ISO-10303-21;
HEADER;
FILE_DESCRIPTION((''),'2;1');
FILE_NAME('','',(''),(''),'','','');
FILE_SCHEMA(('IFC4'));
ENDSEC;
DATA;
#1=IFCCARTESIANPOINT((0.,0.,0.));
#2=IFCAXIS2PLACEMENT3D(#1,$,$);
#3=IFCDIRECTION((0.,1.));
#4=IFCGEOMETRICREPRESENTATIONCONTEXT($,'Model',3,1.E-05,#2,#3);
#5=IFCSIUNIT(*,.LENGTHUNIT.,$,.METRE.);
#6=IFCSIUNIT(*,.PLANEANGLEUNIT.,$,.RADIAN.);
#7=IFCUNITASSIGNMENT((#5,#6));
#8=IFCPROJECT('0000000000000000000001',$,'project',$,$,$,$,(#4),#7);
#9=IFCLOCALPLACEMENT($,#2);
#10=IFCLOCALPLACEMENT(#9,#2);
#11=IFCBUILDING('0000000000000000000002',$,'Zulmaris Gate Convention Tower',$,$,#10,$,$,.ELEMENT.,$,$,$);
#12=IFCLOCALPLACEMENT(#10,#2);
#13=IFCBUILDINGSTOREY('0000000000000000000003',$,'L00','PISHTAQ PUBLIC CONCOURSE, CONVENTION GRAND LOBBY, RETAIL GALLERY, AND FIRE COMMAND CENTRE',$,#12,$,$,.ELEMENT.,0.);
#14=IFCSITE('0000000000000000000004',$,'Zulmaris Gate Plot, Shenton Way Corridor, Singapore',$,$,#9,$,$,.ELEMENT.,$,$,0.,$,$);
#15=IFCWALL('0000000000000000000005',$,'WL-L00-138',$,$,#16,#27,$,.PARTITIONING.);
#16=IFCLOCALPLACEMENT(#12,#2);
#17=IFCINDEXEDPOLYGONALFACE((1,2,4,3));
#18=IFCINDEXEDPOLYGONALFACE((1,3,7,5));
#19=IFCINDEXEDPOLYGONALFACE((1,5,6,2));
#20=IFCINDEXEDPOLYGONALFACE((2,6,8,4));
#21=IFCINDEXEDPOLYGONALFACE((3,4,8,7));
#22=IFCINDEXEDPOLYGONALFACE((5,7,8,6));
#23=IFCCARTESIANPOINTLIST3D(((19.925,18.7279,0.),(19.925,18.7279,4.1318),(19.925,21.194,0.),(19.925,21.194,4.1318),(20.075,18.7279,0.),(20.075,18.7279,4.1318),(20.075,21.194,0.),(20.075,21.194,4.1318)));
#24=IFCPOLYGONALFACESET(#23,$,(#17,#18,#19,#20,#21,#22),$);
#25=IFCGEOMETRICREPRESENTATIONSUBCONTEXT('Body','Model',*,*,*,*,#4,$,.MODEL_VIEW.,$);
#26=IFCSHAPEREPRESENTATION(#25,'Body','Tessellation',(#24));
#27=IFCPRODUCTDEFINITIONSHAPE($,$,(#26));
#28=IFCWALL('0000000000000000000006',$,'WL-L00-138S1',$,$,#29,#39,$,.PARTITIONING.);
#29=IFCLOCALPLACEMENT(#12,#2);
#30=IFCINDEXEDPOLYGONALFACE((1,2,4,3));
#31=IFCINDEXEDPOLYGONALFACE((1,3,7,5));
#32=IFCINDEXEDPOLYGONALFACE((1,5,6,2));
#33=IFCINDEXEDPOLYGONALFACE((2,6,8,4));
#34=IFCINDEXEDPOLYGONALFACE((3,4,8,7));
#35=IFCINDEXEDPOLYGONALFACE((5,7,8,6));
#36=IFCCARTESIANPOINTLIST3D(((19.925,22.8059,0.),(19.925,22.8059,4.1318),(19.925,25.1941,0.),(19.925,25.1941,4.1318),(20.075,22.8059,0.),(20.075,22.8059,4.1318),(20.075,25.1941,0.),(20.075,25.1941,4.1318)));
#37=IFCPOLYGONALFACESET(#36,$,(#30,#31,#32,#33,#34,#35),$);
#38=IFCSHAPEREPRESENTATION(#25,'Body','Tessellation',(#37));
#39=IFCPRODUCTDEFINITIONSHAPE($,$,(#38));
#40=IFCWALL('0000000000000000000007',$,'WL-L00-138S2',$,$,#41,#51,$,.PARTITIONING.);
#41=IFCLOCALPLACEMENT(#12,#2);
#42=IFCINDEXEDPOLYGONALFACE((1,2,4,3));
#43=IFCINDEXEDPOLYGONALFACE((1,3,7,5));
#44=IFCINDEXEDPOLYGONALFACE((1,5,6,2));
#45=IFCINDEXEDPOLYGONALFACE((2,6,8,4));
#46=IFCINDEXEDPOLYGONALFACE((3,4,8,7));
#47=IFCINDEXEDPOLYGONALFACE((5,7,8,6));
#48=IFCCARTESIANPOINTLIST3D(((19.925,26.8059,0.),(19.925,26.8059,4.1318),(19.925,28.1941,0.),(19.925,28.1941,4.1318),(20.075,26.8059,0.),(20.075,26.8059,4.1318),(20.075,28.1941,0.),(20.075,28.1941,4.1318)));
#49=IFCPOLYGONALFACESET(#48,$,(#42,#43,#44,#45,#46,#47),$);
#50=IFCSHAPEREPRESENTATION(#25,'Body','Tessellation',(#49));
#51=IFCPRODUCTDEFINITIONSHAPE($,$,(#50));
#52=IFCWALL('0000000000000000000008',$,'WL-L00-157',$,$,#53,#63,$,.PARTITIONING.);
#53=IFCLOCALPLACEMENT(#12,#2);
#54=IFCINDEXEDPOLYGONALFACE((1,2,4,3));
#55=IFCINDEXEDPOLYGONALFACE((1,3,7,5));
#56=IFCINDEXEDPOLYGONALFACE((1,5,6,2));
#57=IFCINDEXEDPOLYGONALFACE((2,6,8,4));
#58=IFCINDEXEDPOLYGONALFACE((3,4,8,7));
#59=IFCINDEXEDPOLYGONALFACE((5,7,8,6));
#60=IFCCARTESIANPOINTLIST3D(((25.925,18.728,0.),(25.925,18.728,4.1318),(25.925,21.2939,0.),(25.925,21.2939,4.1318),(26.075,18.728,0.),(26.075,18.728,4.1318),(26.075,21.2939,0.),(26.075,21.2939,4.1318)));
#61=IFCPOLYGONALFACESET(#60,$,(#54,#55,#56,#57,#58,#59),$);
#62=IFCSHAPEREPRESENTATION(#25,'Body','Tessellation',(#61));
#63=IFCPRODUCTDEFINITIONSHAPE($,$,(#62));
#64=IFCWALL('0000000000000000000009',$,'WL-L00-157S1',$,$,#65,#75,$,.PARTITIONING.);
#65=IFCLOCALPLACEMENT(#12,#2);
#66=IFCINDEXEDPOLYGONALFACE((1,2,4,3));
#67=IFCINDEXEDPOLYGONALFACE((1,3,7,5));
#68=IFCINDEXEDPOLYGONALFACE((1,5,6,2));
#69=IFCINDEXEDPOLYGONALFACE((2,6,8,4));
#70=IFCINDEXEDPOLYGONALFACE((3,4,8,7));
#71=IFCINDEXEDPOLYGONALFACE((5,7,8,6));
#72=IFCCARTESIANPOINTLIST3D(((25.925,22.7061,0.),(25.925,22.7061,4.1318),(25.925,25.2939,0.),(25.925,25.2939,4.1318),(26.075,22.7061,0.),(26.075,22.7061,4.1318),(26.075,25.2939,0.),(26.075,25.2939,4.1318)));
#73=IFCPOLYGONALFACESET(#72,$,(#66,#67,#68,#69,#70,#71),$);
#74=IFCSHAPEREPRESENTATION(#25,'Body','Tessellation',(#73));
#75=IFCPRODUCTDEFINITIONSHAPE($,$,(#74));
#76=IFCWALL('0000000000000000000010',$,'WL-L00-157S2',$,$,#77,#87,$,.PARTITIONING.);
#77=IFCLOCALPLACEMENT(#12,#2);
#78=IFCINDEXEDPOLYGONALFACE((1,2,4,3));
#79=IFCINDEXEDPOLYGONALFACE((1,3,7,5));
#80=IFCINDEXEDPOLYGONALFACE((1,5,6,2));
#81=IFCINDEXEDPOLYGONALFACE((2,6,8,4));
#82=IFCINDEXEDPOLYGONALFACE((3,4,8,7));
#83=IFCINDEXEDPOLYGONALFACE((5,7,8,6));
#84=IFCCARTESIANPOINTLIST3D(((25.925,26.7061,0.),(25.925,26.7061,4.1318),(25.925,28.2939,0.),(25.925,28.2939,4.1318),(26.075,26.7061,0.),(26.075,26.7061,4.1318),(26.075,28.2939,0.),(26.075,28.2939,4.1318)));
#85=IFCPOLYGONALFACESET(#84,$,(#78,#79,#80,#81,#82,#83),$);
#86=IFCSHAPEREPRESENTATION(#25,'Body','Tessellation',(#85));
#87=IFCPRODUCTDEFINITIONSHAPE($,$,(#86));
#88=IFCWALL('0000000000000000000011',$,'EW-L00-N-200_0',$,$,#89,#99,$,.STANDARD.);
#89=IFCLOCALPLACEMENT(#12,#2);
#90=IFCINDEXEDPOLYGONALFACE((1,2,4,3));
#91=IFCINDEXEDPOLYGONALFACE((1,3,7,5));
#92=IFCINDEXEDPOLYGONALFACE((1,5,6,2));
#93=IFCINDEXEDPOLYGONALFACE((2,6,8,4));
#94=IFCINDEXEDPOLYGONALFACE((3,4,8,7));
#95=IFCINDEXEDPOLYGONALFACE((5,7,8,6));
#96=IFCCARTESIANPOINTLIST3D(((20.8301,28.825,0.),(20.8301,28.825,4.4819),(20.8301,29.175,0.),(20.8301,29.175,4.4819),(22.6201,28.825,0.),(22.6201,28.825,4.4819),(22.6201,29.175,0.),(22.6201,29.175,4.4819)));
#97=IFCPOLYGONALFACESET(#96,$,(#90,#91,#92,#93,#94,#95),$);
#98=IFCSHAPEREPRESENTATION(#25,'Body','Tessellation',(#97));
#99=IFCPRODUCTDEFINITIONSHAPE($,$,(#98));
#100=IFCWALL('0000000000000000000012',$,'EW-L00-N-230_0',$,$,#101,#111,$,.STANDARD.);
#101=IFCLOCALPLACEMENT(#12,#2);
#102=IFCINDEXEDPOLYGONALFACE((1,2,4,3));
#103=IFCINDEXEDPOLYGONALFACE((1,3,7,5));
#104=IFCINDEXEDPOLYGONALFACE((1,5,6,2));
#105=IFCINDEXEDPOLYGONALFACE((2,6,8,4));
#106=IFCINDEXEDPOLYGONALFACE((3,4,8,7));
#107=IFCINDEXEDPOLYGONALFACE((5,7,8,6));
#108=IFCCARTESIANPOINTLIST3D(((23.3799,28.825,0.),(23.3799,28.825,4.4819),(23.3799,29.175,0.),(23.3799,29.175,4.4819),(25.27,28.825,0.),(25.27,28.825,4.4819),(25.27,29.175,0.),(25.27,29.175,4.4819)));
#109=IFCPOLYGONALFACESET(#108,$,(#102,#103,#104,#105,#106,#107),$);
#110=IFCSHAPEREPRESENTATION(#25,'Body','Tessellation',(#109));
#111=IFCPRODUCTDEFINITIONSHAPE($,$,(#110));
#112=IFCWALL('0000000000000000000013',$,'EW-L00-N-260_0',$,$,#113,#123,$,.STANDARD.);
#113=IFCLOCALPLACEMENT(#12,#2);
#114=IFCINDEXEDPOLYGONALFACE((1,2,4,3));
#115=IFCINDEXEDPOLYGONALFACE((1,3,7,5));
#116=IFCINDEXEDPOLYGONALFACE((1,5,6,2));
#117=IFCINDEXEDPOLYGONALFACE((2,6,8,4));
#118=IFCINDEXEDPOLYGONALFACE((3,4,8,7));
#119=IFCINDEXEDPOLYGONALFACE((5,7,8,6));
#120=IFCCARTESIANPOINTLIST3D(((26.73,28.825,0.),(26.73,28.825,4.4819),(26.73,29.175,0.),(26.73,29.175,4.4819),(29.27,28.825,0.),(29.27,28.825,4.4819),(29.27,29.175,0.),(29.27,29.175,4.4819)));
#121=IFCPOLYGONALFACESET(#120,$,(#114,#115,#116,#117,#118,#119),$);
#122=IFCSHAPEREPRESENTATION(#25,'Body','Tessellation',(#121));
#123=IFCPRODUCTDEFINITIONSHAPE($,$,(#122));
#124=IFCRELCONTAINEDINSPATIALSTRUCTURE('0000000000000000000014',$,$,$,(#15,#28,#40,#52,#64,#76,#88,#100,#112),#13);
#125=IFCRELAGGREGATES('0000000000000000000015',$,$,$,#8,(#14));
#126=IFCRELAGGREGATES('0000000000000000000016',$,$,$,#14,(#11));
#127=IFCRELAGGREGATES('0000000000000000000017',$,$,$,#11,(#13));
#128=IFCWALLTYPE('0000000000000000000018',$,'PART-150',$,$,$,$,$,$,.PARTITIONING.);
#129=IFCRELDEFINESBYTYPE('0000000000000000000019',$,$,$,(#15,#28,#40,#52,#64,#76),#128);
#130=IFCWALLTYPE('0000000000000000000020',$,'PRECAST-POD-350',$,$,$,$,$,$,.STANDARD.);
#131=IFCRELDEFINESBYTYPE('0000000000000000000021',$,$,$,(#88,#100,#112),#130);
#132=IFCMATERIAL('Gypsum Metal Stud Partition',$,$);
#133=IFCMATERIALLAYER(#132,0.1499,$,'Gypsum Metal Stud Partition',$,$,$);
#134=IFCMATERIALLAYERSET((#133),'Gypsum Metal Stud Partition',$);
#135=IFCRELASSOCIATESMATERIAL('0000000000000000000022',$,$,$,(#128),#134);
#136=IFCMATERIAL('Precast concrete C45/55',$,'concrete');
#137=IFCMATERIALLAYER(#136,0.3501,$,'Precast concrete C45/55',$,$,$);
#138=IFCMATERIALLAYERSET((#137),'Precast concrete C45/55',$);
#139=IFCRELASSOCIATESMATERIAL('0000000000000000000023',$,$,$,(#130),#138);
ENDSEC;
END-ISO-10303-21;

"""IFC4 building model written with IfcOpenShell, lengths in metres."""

from ifc_helpers import new_model, si_unit, direction, frame, frame_2d, origin, place, context, subcontext, project, spatial, rectangle, extrude, material, layer, layer_set, type_object, element, save


model = new_model("IFC4")

# Units and contexts
model_context = context("Model", 3, precision=1e-05, world=origin(), true_north=direction((0.0, 1.0)))
body_context = subcontext(model_context, "Body", "Model", "MODEL_VIEW")
ifc_project = project(units=[si_unit("LENGTHUNIT", "METRE"), si_unit("PLANEANGLEUNIT", "RADIAN")], contexts=[model_context])

# Site, building, storey
site_placement = place(None, origin())
site = spatial("IfcSite", under=ifc_project, at=site_placement, Name="Zulmaris Gate Plot, Shenton Way Corridor, Singapore", CompositionType="ELEMENT", RefElevation=0.0)
building_placement = place(site_placement, origin())
building = spatial("IfcBuilding", under=site, at=building_placement, Name="Zulmaris Gate Convention Tower", CompositionType="ELEMENT")
storey_placement = place(building_placement, origin())
storey = spatial("IfcBuildingStorey", under=building, at=storey_placement, Name="L00", Description="PISHTAQ PUBLIC CONCOURSE, CONVENTION GRAND LOBBY, RETAIL GALLERY, AND FIRE COMMAND CENTRE", CompositionType="ELEMENT", Elevation=0.0)

# Walls
ifc_material_1 = material(Name="Gypsum Metal Stud Partition")
ifc_layer_1 = layer(ifc_material_1, 0.1499, Name="Gypsum Metal Stud Partition")
ifc_layer_set_1 = layer_set([ifc_layer_1], Name="Gypsum Metal Stud Partition")
wall_type_1 = type_object("IfcWallType", Name="PART-150", PredefinedType="PARTITIONING", material=ifc_layer_set_1)
wall_1_placement = place(storey_placement, frame((20.0, 18.728, 0.0), z_axis=(0.0, 0.0, 1.0), x_axis=(0.0, 1.0, 0.0)))
element("IfcWall", 1, at=wall_1_placement, inside=storey, type_object=wall_type_1, Name="WL-L00-138", PredefinedType="PARTITIONING", context=body_context, shape_type="SweptSolid", body=[
    extrude(rectangle(XDim=2.4661, YDim=0.1499, at=frame_2d((1.2329, 0.0))), origin(), (0.0, 0.0, 1.0), 4.1318),
])
wall_2_placement = place(storey_placement, frame((20.0, 22.8059, 0.0), z_axis=(0.0, 0.0, 1.0), x_axis=(0.0, 1.0, 0.0)))
element("IfcWall", 2, at=wall_2_placement, inside=storey, type_object=wall_type_1, Name="WL-L00-138S1", PredefinedType="PARTITIONING", context=body_context, shape_type="SweptSolid", body=[
    extrude(rectangle(XDim=2.3882, YDim=0.1499, at=frame_2d((1.1941, 0.0))), origin(), (0.0, 0.0, 1.0), 4.1318),
])
wall_3_placement = place(storey_placement, frame((20.0, 26.8059, 0.0), z_axis=(0.0, 0.0, 1.0), x_axis=(0.0, 1.0, 0.0)))
element("IfcWall", 3, at=wall_3_placement, inside=storey, type_object=wall_type_1, Name="WL-L00-138S2", PredefinedType="PARTITIONING", context=body_context, shape_type="SweptSolid", body=[
    extrude(rectangle(XDim=1.3882, YDim=0.1499, at=frame_2d((0.6941, 0.0))), origin(), (0.0, 0.0, 1.0), 4.1318),
])
wall_4_placement = place(storey_placement, frame((26.0, 18.728, 0.0), z_axis=(0.0, 0.0, 1.0), x_axis=(0.0, 1.0, 0.0)))
element("IfcWall", 4, at=wall_4_placement, inside=storey, type_object=wall_type_1, Name="WL-L00-157", PredefinedType="PARTITIONING", context=body_context, shape_type="SweptSolid", body=[
    extrude(rectangle(XDim=2.5659, YDim=0.1499, at=frame_2d((1.283, 0.0))), origin(), (0.0, 0.0, 1.0), 4.1318),
])
wall_5_placement = place(storey_placement, frame((26.0, 22.7061, 0.0), z_axis=(0.0, 0.0, 1.0), x_axis=(0.0, 1.0, 0.0)))
element("IfcWall", 5, at=wall_5_placement, inside=storey, type_object=wall_type_1, Name="WL-L00-157S1", PredefinedType="PARTITIONING", context=body_context, shape_type="SweptSolid", body=[
    extrude(rectangle(XDim=2.5879, YDim=0.1499, at=frame_2d((1.2939, 0.0))), origin(), (0.0, 0.0, 1.0), 4.1318),
])
wall_6_placement = place(storey_placement, frame((26.0, 26.7061, 0.0), z_axis=(0.0, 0.0, 1.0), x_axis=(0.0, 1.0, 0.0)))
element("IfcWall", 6, at=wall_6_placement, inside=storey, type_object=wall_type_1, Name="WL-L00-157S2", PredefinedType="PARTITIONING", context=body_context, shape_type="SweptSolid", body=[
    extrude(rectangle(XDim=1.5879, YDim=0.1499, at=frame_2d((0.7939, 0.0))), origin(), (0.0, 0.0, 1.0), 4.1318),
])
ifc_material_2 = material(Name="Precast concrete C45/55", Category="concrete")
ifc_layer_2 = layer(ifc_material_2, 0.3501, Name="Precast concrete C45/55")
ifc_layer_set_2 = layer_set([ifc_layer_2], Name="Precast concrete C45/55")
wall_type_2 = type_object("IfcWallType", Name="PRECAST-POD-350", PredefinedType="STANDARD", material=ifc_layer_set_2)
wall_7_placement = place(storey_placement, frame((22.6201, 29.0, 0.0), z_axis=(0.0, 0.0, 1.0), x_axis=(-1.0, 0.0, 0.0)))
element("IfcWall", 7, at=wall_7_placement, inside=storey, type_object=wall_type_2, Name="EW-L00-N-200_0", PredefinedType="STANDARD", context=body_context, shape_type="SweptSolid", body=[
    extrude(rectangle(XDim=1.79, YDim=0.3501, at=frame_2d((0.895, 0.0))), origin(), (0.0, 0.0, 1.0), 4.4819),
])
wall_8_placement = place(storey_placement, frame((25.27, 29.0, 0.0), z_axis=(0.0, 0.0, 1.0), x_axis=(-1.0, 0.0, 0.0)))
element("IfcWall", 8, at=wall_8_placement, inside=storey, type_object=wall_type_2, Name="EW-L00-N-230_0", PredefinedType="STANDARD", context=body_context, shape_type="SweptSolid", body=[
    extrude(rectangle(XDim=1.8901, YDim=0.3501, at=frame_2d((0.9451, 0.0))), origin(), (0.0, 0.0, 1.0), 4.4819),
])
wall_9_placement = place(storey_placement, frame((29.27, 29.0, 0.0), z_axis=(0.0, 0.0, 1.0), x_axis=(-1.0, 0.0, 0.0)))
element("IfcWall", 9, at=wall_9_placement, inside=storey, type_object=wall_type_2, Name="EW-L00-N-260_0", PredefinedType="STANDARD", context=body_context, shape_type="SweptSolid", body=[
    extrude(rectangle(XDim=2.54, YDim=0.3501, at=frame_2d((1.27, 0.0))), origin(), (0.0, 0.0, 1.0), 4.4819),
])

save(model, "model.ifc")
